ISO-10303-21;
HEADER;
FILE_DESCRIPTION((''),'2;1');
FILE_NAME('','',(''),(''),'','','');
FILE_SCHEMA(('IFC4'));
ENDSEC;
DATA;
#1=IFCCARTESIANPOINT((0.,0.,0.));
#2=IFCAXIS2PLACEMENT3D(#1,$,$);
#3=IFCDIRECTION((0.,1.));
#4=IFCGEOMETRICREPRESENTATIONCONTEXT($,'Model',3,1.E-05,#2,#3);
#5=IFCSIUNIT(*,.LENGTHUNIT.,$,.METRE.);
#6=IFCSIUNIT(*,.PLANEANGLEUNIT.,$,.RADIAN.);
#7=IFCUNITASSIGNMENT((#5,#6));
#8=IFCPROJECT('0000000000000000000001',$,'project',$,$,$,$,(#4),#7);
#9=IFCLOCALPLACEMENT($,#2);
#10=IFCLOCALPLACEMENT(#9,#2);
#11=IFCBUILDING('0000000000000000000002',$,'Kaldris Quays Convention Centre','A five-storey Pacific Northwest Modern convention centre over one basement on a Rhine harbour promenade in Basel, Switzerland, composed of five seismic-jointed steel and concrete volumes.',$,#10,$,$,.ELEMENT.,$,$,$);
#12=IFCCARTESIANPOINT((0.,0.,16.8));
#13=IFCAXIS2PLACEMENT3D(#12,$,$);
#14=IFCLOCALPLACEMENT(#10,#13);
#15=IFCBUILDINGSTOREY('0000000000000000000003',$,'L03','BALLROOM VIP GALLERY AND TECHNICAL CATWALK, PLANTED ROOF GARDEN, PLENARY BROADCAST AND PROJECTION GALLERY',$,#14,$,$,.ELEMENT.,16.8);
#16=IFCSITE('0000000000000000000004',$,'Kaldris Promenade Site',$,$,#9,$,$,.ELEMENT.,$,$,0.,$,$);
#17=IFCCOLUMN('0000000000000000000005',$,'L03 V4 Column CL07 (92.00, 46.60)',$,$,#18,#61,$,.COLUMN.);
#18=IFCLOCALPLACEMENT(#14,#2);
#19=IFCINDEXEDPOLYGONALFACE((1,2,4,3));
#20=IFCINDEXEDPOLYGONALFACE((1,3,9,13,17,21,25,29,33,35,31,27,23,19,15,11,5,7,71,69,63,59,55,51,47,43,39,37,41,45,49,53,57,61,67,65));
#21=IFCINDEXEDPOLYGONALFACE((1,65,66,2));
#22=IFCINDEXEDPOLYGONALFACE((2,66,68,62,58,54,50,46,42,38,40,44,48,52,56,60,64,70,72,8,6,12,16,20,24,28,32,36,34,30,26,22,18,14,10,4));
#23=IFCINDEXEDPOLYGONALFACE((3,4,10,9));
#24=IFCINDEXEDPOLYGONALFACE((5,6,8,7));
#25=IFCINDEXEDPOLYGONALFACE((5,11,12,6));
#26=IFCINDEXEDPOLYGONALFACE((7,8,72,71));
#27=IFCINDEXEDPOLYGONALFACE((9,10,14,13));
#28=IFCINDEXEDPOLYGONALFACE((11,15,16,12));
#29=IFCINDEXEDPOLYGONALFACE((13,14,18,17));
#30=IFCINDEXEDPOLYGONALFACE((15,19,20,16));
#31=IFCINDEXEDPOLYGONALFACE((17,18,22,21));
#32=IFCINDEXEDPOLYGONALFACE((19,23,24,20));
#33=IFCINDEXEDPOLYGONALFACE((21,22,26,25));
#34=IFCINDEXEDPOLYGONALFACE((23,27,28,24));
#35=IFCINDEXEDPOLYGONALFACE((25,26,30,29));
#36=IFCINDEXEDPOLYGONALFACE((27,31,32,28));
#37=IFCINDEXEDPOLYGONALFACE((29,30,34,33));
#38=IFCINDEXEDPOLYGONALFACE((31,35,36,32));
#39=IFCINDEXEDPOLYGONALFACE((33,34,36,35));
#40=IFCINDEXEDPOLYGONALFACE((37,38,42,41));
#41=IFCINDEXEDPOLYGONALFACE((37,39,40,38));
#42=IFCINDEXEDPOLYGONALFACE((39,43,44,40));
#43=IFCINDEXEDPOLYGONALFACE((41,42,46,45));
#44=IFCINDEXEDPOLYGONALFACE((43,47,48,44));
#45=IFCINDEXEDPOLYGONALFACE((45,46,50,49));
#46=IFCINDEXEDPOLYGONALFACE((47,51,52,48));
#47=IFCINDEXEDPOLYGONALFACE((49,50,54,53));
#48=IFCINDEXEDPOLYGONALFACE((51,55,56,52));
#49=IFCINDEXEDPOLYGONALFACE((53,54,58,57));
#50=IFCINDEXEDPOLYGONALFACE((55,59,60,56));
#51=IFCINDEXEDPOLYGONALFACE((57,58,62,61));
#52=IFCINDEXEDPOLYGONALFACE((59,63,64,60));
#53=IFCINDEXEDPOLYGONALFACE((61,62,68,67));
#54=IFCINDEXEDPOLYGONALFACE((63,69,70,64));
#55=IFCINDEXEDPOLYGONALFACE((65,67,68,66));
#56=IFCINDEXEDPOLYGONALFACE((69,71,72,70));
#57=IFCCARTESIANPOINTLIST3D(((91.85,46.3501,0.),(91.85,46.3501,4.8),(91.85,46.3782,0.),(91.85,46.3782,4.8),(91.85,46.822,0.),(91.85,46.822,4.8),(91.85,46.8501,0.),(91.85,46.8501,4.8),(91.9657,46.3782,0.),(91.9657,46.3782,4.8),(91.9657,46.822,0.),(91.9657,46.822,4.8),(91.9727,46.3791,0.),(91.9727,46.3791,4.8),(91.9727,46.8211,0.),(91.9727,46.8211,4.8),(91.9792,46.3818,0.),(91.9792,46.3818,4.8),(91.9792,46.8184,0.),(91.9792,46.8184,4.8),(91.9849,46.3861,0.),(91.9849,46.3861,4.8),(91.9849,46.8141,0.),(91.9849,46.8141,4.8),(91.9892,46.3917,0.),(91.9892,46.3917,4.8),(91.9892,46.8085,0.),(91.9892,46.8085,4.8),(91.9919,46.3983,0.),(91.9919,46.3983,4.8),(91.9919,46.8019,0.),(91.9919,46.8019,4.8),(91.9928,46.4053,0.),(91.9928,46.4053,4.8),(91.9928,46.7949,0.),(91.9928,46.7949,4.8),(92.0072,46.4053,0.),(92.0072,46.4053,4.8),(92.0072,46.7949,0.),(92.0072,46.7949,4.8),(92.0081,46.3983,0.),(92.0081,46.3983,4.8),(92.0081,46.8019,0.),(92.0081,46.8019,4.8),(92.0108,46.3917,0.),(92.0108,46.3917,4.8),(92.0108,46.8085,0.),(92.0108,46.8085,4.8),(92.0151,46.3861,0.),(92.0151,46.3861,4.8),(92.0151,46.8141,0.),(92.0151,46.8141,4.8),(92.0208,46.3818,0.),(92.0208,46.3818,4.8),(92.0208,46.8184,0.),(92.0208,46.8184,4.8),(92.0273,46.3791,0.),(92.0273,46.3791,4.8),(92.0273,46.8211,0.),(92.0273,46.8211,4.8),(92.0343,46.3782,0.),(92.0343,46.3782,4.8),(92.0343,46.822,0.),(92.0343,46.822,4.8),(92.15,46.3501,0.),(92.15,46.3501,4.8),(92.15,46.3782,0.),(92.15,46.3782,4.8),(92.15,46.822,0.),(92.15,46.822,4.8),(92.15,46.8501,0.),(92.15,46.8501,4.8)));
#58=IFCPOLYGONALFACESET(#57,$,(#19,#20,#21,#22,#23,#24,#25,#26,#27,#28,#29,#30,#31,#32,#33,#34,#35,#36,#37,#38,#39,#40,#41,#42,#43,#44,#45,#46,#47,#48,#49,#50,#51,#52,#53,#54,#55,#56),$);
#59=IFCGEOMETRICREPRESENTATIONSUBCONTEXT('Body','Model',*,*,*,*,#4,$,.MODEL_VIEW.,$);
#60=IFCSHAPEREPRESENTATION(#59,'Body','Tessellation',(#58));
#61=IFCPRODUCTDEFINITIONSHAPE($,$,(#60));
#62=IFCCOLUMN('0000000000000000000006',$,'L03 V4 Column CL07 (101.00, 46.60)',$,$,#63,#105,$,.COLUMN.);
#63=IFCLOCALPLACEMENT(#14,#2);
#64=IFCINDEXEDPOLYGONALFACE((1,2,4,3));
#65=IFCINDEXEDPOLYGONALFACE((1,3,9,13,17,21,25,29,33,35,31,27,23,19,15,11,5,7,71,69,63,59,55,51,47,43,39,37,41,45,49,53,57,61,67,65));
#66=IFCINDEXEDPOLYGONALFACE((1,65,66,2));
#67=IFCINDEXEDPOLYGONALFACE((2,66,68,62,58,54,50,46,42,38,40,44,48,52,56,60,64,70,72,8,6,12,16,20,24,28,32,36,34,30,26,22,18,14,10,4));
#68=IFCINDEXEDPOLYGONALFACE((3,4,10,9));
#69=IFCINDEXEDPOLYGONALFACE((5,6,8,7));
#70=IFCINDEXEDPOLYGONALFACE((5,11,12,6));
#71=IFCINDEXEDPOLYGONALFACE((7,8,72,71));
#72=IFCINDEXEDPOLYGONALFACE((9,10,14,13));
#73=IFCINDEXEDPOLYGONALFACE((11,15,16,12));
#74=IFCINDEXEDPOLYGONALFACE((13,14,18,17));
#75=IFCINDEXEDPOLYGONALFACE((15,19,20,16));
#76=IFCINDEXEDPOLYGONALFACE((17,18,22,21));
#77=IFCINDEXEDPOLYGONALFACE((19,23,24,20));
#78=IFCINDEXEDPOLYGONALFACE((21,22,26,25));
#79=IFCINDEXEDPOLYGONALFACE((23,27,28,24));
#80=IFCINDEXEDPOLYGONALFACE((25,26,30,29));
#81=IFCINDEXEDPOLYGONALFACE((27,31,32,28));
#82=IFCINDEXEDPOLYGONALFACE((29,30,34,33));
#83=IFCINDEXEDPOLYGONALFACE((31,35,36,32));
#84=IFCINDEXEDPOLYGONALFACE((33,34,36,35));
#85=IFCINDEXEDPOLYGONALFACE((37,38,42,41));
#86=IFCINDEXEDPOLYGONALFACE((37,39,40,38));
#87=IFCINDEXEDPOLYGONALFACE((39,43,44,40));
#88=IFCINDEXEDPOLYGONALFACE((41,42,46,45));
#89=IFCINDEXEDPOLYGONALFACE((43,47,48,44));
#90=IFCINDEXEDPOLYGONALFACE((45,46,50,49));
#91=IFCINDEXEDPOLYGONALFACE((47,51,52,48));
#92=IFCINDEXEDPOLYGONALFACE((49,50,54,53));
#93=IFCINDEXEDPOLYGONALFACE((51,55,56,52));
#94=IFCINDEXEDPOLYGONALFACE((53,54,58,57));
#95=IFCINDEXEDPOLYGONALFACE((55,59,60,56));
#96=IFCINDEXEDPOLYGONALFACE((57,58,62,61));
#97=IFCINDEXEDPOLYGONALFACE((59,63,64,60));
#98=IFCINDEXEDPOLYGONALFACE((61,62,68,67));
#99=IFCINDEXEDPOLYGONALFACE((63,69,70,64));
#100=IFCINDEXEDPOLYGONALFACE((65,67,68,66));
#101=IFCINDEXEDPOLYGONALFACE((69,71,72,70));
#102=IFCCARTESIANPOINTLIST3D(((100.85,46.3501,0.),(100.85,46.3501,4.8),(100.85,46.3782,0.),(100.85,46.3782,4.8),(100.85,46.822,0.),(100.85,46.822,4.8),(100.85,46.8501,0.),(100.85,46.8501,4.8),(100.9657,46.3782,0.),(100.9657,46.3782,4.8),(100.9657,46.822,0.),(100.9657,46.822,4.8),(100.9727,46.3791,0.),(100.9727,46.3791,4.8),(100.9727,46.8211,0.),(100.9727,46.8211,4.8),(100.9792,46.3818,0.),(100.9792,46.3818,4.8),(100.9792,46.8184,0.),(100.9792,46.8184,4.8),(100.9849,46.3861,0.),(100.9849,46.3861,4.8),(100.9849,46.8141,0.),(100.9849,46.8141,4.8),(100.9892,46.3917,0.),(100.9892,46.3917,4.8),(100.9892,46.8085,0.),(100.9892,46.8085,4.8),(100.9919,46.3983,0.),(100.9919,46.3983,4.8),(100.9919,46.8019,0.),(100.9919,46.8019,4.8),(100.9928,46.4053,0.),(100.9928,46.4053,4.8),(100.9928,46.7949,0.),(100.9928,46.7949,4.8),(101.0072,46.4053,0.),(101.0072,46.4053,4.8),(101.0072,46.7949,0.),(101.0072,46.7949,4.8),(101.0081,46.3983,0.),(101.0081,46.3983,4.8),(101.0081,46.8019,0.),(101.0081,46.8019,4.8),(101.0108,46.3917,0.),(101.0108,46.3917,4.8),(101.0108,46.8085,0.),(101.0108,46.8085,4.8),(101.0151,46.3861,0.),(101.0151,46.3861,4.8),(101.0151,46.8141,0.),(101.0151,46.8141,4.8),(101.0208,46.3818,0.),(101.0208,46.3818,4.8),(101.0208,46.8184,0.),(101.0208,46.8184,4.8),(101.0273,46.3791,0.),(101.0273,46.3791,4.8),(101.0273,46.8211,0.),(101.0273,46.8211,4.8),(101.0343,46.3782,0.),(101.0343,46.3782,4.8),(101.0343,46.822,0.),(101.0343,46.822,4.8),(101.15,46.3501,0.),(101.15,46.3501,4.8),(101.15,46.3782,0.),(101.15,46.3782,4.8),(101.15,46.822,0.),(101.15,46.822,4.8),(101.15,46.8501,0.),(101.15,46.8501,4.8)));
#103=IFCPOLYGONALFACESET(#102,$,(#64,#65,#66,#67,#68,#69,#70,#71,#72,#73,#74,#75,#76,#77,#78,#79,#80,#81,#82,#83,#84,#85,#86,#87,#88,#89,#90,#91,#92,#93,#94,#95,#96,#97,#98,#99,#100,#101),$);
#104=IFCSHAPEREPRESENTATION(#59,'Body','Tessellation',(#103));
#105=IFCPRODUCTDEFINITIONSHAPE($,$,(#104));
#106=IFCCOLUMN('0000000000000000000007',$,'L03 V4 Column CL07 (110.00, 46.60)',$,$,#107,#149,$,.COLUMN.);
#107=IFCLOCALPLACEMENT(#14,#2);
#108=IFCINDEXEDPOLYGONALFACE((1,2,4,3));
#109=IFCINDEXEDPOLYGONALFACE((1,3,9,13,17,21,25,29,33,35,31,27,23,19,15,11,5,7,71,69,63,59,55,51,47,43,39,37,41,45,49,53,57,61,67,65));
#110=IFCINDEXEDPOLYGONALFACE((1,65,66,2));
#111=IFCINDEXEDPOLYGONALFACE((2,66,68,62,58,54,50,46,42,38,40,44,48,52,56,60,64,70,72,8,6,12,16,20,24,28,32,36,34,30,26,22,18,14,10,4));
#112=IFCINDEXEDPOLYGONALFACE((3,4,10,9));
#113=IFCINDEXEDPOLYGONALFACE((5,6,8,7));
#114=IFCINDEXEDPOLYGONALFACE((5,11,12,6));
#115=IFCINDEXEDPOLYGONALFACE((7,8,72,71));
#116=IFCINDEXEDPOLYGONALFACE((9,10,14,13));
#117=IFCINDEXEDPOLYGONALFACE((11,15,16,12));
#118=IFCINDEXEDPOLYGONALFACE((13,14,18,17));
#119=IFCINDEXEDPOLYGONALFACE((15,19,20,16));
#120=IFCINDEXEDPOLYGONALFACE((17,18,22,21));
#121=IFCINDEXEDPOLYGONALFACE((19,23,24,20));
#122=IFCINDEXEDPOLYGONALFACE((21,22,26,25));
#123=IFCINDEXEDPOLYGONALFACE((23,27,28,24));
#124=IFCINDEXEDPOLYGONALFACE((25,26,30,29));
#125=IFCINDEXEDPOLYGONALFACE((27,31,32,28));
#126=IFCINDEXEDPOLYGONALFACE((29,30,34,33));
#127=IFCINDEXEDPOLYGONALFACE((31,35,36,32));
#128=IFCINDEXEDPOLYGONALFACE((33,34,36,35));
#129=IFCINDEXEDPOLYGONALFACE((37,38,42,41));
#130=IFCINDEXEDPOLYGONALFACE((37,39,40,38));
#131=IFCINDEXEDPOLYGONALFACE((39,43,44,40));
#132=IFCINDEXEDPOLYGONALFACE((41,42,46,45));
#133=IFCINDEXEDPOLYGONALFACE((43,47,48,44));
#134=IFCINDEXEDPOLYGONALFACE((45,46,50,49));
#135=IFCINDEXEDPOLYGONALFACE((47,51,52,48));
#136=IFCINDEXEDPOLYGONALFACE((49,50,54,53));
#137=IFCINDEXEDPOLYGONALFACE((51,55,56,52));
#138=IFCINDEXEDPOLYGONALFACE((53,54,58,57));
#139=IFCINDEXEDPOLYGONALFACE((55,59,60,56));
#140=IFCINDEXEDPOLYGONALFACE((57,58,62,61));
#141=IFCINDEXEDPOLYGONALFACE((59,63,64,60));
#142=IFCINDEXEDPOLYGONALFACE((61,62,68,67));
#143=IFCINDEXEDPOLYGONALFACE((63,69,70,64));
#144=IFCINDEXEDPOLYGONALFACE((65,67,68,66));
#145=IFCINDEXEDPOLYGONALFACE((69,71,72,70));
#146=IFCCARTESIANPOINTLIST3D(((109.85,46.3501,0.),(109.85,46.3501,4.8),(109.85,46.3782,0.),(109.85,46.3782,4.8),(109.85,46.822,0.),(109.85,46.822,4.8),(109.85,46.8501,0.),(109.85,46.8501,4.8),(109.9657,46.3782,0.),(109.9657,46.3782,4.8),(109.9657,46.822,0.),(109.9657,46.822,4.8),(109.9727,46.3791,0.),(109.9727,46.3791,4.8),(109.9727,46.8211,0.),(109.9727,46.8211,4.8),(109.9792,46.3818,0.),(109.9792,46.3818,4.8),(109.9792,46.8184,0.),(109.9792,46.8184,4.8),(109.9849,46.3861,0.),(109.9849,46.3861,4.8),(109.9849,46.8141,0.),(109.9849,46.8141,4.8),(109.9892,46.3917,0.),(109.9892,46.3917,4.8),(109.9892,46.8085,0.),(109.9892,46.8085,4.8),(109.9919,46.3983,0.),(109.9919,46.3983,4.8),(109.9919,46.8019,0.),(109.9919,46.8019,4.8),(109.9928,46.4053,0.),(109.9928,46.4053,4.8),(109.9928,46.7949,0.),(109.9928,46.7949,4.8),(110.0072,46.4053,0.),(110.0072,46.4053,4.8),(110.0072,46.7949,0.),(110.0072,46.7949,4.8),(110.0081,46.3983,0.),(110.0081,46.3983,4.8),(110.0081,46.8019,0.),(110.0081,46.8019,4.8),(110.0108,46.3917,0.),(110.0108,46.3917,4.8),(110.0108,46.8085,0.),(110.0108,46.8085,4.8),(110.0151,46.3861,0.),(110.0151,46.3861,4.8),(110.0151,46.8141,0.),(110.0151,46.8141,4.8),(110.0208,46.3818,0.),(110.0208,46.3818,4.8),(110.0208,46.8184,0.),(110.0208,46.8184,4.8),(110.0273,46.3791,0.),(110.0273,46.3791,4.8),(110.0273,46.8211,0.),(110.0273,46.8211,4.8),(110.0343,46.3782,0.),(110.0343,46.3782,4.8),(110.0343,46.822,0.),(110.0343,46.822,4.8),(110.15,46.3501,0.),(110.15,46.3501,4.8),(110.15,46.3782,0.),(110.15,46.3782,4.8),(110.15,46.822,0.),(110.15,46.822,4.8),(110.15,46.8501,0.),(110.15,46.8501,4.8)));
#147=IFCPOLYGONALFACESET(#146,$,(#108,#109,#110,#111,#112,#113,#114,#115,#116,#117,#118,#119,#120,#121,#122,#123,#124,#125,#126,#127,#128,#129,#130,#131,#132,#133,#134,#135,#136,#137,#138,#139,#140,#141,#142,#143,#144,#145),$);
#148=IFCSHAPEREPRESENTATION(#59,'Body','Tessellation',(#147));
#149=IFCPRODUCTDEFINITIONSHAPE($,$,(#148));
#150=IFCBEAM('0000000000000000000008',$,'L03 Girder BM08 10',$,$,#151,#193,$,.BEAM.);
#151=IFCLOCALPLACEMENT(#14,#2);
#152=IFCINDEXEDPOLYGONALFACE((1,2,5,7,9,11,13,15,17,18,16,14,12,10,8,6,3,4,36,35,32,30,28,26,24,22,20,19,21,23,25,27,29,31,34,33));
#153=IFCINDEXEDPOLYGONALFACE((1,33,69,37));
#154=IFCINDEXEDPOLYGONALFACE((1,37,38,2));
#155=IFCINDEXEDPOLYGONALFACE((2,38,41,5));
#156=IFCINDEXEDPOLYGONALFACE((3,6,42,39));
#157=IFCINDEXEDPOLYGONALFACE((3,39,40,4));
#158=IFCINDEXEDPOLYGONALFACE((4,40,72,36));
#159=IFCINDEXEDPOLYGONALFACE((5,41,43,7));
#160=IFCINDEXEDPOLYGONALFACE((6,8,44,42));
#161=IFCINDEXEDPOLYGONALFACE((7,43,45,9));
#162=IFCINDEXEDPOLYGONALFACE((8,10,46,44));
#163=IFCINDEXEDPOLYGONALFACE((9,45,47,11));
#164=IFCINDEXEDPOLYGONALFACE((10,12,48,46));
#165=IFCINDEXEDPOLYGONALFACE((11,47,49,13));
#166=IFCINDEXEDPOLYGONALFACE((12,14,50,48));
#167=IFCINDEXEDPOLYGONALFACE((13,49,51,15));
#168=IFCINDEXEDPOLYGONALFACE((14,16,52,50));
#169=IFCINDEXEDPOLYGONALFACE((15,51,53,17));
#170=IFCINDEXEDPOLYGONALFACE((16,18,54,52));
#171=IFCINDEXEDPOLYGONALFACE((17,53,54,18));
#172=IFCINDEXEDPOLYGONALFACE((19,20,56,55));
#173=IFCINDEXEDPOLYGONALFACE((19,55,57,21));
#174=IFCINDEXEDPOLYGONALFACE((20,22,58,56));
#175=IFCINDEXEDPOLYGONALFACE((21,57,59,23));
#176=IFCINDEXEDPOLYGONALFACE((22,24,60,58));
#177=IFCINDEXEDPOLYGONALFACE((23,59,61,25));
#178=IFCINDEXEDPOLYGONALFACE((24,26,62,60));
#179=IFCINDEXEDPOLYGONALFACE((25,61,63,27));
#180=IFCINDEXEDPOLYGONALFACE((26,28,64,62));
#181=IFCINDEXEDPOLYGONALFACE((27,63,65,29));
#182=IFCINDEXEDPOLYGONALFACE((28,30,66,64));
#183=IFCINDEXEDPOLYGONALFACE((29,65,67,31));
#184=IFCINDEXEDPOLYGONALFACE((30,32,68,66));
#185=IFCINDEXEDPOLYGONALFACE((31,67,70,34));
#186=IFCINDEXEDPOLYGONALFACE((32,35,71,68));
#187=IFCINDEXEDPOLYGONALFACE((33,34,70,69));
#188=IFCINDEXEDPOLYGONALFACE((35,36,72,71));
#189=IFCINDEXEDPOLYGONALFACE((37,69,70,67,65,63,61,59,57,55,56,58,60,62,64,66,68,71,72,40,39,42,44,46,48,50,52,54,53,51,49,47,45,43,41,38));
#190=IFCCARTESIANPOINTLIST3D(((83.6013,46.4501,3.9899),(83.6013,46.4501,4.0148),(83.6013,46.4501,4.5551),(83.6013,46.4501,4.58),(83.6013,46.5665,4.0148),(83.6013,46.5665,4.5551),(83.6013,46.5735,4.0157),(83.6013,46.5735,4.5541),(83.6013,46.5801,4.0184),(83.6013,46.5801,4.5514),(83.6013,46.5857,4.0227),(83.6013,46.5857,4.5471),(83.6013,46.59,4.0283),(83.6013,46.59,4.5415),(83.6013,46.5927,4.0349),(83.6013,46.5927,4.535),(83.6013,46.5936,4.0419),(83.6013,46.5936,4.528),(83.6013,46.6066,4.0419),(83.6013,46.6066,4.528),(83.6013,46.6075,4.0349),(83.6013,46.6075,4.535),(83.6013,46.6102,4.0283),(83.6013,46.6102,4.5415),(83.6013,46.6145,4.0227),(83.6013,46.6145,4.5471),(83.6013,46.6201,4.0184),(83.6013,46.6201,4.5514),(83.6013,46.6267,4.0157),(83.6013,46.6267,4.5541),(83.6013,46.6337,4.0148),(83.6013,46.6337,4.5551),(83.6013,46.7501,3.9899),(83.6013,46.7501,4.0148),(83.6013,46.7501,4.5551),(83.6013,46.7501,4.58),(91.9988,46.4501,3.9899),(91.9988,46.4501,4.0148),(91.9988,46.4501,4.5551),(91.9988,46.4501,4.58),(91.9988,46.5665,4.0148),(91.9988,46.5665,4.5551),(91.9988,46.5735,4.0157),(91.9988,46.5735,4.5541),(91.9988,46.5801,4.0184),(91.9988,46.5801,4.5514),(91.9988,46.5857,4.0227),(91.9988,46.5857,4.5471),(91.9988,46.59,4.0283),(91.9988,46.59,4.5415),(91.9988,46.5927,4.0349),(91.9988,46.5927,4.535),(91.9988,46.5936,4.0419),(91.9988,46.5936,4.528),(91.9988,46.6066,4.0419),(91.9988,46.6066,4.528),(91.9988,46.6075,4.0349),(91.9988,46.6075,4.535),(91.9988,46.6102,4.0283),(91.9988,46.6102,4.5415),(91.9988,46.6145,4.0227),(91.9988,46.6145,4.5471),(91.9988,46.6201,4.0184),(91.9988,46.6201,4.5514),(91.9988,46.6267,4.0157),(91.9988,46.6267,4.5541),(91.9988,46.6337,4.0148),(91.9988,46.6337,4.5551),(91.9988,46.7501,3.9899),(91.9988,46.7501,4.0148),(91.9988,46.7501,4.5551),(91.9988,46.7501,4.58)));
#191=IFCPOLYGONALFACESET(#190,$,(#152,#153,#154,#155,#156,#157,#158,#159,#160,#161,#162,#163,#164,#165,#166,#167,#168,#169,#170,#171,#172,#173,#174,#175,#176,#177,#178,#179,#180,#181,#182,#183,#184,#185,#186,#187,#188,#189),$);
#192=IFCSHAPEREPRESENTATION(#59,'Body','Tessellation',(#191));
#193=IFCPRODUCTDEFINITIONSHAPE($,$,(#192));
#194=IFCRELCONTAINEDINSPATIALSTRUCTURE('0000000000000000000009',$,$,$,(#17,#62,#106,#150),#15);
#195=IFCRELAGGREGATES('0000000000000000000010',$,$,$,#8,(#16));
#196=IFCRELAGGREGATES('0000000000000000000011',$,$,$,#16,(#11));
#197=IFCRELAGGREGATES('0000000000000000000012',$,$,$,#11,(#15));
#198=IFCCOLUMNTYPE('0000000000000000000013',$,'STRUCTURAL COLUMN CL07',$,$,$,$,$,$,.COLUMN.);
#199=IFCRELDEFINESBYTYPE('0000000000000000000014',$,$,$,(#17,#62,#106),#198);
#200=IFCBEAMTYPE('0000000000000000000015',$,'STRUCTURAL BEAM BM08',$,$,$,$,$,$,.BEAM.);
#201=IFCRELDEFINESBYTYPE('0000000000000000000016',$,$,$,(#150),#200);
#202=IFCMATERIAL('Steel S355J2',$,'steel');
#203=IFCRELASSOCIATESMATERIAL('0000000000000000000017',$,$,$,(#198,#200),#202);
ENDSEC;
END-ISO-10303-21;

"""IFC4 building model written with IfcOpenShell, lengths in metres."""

from ifc_helpers import new_model, si_unit, direction, frame, origin, origin_2d, place, context, subcontext, project, spatial, i_section, extrude, material, material_profile, profile_set, type_object, element, save


model = new_model("IFC4")

# Units and contexts
model_context = context("Model", 3, precision=1e-05, world=origin(), true_north=direction((0.0, 1.0)))
body_context = subcontext(model_context, "Body", "Model", "MODEL_VIEW")
ifc_project = project(units=[si_unit("LENGTHUNIT", "METRE"), si_unit("PLANEANGLEUNIT", "RADIAN")], contexts=[model_context])

# Site, building, storey
site_placement = place(None, origin())
site = spatial("IfcSite", under=ifc_project, at=site_placement, Name="Kaldris Promenade Site", CompositionType="ELEMENT", RefElevation=0.0)
building_placement = place(site_placement, origin())
building = spatial("IfcBuilding", under=site, at=building_placement, Name="Kaldris Quays Convention Centre", Description="A five-storey Pacific Northwest Modern convention centre over one basement on a Rhine harbour promenade in Basel, Switzerland, composed of five seismic-jointed steel and concrete volumes.", CompositionType="ELEMENT")
storey_placement = place(building_placement, frame((0.0, 0.0, 16.8)))
storey = spatial("IfcBuildingStorey", under=building, at=storey_placement, Name="L03", Description="BALLROOM VIP GALLERY AND TECHNICAL CATWALK, PLANTED ROOF GARDEN, PLENARY BROADCAST AND PROJECTION GALLERY", CompositionType="ELEMENT", Elevation=16.8)

# Columns
ifc_material_1 = material(Name="Steel S355J2", Category="steel")
ifc_material_profile_1 = material_profile(ifc_material_1, i_section(OverallWidth=0.3, OverallDepth=0.5, WebThickness=0.0144, FlangeThickness=0.0281, FilletRadius=0.0271, at=origin_2d()), Name="HEB 500")
ifc_profile_set_1 = profile_set([ifc_material_profile_1], Name="Steel S355J2")
column_type = type_object("IfcColumnType", Name="STRUCTURAL COLUMN CL07", PredefinedType="COLUMN", material=ifc_profile_set_1)
for number, where, z_axis, x_axis, name in (
    (1, (92.0, 46.6001, 0.0), (0.0, 0.0, 1.0), (1.0, 0.0, 0.0), "L03 V4 Column CL07 (92.00, 46.60)"),
    (2, (101.0, 46.6001, 0.0), (0.0, 0.0, 1.0), (1.0, 0.0, 0.0), "L03 V4 Column CL07 (101.00, 46.60)"),
    (3, (110.0, 46.6001, 0.0), (0.0, 0.0, 1.0), (1.0, 0.0, 0.0), "L03 V4 Column CL07 (110.00, 46.60)"),
):
    element("IfcColumn", number, at=place(storey_placement, frame(where, z_axis=z_axis, x_axis=x_axis)), inside=storey, type_object=column_type, Name=name, PredefinedType="COLUMN", context=body_context, shape_type="SweptSolid", body=[
        extrude(i_section(OverallWidth=0.3, OverallDepth=0.5, WebThickness=0.0144, FlangeThickness=0.0281, FilletRadius=0.0271, at=origin_2d()), origin(), (0.0, 0.0, 1.0), 4.8),
    ])

# Beam
ifc_material_profile_2 = material_profile(ifc_material_1, i_section(OverallWidth=0.3, OverallDepth=0.5901, WebThickness=0.0129, FlangeThickness=0.0249, FilletRadius=0.0271, at=origin_2d()), Name="HEA 600")
ifc_profile_set_2 = profile_set([ifc_material_profile_2], Name="Steel S355J2")
beam_type_1 = type_object("IfcBeamType", Name="STRUCTURAL BEAM BM08", PredefinedType="BEAM", material=ifc_profile_set_2)
beam_placement = place(storey_placement, frame((83.6013, 46.6001, 4.2849), z_axis=(1.0, 0.0, 0.0), x_axis=(0.0, 1.0, 0.0)))
element("IfcBeam", 4, at=beam_placement, inside=storey, type_object=beam_type_1, Name="L03 Girder BM08 10", PredefinedType="BEAM", context=body_context, shape_type="SweptSolid", body=[
    extrude(i_section(OverallWidth=0.3, OverallDepth=0.5901, WebThickness=0.0129, FlangeThickness=0.0249, FilletRadius=0.0271, at=origin_2d()), origin(), (0.0, 0.0, 1.0), 8.3975),
])

save(model, "model.ifc")
